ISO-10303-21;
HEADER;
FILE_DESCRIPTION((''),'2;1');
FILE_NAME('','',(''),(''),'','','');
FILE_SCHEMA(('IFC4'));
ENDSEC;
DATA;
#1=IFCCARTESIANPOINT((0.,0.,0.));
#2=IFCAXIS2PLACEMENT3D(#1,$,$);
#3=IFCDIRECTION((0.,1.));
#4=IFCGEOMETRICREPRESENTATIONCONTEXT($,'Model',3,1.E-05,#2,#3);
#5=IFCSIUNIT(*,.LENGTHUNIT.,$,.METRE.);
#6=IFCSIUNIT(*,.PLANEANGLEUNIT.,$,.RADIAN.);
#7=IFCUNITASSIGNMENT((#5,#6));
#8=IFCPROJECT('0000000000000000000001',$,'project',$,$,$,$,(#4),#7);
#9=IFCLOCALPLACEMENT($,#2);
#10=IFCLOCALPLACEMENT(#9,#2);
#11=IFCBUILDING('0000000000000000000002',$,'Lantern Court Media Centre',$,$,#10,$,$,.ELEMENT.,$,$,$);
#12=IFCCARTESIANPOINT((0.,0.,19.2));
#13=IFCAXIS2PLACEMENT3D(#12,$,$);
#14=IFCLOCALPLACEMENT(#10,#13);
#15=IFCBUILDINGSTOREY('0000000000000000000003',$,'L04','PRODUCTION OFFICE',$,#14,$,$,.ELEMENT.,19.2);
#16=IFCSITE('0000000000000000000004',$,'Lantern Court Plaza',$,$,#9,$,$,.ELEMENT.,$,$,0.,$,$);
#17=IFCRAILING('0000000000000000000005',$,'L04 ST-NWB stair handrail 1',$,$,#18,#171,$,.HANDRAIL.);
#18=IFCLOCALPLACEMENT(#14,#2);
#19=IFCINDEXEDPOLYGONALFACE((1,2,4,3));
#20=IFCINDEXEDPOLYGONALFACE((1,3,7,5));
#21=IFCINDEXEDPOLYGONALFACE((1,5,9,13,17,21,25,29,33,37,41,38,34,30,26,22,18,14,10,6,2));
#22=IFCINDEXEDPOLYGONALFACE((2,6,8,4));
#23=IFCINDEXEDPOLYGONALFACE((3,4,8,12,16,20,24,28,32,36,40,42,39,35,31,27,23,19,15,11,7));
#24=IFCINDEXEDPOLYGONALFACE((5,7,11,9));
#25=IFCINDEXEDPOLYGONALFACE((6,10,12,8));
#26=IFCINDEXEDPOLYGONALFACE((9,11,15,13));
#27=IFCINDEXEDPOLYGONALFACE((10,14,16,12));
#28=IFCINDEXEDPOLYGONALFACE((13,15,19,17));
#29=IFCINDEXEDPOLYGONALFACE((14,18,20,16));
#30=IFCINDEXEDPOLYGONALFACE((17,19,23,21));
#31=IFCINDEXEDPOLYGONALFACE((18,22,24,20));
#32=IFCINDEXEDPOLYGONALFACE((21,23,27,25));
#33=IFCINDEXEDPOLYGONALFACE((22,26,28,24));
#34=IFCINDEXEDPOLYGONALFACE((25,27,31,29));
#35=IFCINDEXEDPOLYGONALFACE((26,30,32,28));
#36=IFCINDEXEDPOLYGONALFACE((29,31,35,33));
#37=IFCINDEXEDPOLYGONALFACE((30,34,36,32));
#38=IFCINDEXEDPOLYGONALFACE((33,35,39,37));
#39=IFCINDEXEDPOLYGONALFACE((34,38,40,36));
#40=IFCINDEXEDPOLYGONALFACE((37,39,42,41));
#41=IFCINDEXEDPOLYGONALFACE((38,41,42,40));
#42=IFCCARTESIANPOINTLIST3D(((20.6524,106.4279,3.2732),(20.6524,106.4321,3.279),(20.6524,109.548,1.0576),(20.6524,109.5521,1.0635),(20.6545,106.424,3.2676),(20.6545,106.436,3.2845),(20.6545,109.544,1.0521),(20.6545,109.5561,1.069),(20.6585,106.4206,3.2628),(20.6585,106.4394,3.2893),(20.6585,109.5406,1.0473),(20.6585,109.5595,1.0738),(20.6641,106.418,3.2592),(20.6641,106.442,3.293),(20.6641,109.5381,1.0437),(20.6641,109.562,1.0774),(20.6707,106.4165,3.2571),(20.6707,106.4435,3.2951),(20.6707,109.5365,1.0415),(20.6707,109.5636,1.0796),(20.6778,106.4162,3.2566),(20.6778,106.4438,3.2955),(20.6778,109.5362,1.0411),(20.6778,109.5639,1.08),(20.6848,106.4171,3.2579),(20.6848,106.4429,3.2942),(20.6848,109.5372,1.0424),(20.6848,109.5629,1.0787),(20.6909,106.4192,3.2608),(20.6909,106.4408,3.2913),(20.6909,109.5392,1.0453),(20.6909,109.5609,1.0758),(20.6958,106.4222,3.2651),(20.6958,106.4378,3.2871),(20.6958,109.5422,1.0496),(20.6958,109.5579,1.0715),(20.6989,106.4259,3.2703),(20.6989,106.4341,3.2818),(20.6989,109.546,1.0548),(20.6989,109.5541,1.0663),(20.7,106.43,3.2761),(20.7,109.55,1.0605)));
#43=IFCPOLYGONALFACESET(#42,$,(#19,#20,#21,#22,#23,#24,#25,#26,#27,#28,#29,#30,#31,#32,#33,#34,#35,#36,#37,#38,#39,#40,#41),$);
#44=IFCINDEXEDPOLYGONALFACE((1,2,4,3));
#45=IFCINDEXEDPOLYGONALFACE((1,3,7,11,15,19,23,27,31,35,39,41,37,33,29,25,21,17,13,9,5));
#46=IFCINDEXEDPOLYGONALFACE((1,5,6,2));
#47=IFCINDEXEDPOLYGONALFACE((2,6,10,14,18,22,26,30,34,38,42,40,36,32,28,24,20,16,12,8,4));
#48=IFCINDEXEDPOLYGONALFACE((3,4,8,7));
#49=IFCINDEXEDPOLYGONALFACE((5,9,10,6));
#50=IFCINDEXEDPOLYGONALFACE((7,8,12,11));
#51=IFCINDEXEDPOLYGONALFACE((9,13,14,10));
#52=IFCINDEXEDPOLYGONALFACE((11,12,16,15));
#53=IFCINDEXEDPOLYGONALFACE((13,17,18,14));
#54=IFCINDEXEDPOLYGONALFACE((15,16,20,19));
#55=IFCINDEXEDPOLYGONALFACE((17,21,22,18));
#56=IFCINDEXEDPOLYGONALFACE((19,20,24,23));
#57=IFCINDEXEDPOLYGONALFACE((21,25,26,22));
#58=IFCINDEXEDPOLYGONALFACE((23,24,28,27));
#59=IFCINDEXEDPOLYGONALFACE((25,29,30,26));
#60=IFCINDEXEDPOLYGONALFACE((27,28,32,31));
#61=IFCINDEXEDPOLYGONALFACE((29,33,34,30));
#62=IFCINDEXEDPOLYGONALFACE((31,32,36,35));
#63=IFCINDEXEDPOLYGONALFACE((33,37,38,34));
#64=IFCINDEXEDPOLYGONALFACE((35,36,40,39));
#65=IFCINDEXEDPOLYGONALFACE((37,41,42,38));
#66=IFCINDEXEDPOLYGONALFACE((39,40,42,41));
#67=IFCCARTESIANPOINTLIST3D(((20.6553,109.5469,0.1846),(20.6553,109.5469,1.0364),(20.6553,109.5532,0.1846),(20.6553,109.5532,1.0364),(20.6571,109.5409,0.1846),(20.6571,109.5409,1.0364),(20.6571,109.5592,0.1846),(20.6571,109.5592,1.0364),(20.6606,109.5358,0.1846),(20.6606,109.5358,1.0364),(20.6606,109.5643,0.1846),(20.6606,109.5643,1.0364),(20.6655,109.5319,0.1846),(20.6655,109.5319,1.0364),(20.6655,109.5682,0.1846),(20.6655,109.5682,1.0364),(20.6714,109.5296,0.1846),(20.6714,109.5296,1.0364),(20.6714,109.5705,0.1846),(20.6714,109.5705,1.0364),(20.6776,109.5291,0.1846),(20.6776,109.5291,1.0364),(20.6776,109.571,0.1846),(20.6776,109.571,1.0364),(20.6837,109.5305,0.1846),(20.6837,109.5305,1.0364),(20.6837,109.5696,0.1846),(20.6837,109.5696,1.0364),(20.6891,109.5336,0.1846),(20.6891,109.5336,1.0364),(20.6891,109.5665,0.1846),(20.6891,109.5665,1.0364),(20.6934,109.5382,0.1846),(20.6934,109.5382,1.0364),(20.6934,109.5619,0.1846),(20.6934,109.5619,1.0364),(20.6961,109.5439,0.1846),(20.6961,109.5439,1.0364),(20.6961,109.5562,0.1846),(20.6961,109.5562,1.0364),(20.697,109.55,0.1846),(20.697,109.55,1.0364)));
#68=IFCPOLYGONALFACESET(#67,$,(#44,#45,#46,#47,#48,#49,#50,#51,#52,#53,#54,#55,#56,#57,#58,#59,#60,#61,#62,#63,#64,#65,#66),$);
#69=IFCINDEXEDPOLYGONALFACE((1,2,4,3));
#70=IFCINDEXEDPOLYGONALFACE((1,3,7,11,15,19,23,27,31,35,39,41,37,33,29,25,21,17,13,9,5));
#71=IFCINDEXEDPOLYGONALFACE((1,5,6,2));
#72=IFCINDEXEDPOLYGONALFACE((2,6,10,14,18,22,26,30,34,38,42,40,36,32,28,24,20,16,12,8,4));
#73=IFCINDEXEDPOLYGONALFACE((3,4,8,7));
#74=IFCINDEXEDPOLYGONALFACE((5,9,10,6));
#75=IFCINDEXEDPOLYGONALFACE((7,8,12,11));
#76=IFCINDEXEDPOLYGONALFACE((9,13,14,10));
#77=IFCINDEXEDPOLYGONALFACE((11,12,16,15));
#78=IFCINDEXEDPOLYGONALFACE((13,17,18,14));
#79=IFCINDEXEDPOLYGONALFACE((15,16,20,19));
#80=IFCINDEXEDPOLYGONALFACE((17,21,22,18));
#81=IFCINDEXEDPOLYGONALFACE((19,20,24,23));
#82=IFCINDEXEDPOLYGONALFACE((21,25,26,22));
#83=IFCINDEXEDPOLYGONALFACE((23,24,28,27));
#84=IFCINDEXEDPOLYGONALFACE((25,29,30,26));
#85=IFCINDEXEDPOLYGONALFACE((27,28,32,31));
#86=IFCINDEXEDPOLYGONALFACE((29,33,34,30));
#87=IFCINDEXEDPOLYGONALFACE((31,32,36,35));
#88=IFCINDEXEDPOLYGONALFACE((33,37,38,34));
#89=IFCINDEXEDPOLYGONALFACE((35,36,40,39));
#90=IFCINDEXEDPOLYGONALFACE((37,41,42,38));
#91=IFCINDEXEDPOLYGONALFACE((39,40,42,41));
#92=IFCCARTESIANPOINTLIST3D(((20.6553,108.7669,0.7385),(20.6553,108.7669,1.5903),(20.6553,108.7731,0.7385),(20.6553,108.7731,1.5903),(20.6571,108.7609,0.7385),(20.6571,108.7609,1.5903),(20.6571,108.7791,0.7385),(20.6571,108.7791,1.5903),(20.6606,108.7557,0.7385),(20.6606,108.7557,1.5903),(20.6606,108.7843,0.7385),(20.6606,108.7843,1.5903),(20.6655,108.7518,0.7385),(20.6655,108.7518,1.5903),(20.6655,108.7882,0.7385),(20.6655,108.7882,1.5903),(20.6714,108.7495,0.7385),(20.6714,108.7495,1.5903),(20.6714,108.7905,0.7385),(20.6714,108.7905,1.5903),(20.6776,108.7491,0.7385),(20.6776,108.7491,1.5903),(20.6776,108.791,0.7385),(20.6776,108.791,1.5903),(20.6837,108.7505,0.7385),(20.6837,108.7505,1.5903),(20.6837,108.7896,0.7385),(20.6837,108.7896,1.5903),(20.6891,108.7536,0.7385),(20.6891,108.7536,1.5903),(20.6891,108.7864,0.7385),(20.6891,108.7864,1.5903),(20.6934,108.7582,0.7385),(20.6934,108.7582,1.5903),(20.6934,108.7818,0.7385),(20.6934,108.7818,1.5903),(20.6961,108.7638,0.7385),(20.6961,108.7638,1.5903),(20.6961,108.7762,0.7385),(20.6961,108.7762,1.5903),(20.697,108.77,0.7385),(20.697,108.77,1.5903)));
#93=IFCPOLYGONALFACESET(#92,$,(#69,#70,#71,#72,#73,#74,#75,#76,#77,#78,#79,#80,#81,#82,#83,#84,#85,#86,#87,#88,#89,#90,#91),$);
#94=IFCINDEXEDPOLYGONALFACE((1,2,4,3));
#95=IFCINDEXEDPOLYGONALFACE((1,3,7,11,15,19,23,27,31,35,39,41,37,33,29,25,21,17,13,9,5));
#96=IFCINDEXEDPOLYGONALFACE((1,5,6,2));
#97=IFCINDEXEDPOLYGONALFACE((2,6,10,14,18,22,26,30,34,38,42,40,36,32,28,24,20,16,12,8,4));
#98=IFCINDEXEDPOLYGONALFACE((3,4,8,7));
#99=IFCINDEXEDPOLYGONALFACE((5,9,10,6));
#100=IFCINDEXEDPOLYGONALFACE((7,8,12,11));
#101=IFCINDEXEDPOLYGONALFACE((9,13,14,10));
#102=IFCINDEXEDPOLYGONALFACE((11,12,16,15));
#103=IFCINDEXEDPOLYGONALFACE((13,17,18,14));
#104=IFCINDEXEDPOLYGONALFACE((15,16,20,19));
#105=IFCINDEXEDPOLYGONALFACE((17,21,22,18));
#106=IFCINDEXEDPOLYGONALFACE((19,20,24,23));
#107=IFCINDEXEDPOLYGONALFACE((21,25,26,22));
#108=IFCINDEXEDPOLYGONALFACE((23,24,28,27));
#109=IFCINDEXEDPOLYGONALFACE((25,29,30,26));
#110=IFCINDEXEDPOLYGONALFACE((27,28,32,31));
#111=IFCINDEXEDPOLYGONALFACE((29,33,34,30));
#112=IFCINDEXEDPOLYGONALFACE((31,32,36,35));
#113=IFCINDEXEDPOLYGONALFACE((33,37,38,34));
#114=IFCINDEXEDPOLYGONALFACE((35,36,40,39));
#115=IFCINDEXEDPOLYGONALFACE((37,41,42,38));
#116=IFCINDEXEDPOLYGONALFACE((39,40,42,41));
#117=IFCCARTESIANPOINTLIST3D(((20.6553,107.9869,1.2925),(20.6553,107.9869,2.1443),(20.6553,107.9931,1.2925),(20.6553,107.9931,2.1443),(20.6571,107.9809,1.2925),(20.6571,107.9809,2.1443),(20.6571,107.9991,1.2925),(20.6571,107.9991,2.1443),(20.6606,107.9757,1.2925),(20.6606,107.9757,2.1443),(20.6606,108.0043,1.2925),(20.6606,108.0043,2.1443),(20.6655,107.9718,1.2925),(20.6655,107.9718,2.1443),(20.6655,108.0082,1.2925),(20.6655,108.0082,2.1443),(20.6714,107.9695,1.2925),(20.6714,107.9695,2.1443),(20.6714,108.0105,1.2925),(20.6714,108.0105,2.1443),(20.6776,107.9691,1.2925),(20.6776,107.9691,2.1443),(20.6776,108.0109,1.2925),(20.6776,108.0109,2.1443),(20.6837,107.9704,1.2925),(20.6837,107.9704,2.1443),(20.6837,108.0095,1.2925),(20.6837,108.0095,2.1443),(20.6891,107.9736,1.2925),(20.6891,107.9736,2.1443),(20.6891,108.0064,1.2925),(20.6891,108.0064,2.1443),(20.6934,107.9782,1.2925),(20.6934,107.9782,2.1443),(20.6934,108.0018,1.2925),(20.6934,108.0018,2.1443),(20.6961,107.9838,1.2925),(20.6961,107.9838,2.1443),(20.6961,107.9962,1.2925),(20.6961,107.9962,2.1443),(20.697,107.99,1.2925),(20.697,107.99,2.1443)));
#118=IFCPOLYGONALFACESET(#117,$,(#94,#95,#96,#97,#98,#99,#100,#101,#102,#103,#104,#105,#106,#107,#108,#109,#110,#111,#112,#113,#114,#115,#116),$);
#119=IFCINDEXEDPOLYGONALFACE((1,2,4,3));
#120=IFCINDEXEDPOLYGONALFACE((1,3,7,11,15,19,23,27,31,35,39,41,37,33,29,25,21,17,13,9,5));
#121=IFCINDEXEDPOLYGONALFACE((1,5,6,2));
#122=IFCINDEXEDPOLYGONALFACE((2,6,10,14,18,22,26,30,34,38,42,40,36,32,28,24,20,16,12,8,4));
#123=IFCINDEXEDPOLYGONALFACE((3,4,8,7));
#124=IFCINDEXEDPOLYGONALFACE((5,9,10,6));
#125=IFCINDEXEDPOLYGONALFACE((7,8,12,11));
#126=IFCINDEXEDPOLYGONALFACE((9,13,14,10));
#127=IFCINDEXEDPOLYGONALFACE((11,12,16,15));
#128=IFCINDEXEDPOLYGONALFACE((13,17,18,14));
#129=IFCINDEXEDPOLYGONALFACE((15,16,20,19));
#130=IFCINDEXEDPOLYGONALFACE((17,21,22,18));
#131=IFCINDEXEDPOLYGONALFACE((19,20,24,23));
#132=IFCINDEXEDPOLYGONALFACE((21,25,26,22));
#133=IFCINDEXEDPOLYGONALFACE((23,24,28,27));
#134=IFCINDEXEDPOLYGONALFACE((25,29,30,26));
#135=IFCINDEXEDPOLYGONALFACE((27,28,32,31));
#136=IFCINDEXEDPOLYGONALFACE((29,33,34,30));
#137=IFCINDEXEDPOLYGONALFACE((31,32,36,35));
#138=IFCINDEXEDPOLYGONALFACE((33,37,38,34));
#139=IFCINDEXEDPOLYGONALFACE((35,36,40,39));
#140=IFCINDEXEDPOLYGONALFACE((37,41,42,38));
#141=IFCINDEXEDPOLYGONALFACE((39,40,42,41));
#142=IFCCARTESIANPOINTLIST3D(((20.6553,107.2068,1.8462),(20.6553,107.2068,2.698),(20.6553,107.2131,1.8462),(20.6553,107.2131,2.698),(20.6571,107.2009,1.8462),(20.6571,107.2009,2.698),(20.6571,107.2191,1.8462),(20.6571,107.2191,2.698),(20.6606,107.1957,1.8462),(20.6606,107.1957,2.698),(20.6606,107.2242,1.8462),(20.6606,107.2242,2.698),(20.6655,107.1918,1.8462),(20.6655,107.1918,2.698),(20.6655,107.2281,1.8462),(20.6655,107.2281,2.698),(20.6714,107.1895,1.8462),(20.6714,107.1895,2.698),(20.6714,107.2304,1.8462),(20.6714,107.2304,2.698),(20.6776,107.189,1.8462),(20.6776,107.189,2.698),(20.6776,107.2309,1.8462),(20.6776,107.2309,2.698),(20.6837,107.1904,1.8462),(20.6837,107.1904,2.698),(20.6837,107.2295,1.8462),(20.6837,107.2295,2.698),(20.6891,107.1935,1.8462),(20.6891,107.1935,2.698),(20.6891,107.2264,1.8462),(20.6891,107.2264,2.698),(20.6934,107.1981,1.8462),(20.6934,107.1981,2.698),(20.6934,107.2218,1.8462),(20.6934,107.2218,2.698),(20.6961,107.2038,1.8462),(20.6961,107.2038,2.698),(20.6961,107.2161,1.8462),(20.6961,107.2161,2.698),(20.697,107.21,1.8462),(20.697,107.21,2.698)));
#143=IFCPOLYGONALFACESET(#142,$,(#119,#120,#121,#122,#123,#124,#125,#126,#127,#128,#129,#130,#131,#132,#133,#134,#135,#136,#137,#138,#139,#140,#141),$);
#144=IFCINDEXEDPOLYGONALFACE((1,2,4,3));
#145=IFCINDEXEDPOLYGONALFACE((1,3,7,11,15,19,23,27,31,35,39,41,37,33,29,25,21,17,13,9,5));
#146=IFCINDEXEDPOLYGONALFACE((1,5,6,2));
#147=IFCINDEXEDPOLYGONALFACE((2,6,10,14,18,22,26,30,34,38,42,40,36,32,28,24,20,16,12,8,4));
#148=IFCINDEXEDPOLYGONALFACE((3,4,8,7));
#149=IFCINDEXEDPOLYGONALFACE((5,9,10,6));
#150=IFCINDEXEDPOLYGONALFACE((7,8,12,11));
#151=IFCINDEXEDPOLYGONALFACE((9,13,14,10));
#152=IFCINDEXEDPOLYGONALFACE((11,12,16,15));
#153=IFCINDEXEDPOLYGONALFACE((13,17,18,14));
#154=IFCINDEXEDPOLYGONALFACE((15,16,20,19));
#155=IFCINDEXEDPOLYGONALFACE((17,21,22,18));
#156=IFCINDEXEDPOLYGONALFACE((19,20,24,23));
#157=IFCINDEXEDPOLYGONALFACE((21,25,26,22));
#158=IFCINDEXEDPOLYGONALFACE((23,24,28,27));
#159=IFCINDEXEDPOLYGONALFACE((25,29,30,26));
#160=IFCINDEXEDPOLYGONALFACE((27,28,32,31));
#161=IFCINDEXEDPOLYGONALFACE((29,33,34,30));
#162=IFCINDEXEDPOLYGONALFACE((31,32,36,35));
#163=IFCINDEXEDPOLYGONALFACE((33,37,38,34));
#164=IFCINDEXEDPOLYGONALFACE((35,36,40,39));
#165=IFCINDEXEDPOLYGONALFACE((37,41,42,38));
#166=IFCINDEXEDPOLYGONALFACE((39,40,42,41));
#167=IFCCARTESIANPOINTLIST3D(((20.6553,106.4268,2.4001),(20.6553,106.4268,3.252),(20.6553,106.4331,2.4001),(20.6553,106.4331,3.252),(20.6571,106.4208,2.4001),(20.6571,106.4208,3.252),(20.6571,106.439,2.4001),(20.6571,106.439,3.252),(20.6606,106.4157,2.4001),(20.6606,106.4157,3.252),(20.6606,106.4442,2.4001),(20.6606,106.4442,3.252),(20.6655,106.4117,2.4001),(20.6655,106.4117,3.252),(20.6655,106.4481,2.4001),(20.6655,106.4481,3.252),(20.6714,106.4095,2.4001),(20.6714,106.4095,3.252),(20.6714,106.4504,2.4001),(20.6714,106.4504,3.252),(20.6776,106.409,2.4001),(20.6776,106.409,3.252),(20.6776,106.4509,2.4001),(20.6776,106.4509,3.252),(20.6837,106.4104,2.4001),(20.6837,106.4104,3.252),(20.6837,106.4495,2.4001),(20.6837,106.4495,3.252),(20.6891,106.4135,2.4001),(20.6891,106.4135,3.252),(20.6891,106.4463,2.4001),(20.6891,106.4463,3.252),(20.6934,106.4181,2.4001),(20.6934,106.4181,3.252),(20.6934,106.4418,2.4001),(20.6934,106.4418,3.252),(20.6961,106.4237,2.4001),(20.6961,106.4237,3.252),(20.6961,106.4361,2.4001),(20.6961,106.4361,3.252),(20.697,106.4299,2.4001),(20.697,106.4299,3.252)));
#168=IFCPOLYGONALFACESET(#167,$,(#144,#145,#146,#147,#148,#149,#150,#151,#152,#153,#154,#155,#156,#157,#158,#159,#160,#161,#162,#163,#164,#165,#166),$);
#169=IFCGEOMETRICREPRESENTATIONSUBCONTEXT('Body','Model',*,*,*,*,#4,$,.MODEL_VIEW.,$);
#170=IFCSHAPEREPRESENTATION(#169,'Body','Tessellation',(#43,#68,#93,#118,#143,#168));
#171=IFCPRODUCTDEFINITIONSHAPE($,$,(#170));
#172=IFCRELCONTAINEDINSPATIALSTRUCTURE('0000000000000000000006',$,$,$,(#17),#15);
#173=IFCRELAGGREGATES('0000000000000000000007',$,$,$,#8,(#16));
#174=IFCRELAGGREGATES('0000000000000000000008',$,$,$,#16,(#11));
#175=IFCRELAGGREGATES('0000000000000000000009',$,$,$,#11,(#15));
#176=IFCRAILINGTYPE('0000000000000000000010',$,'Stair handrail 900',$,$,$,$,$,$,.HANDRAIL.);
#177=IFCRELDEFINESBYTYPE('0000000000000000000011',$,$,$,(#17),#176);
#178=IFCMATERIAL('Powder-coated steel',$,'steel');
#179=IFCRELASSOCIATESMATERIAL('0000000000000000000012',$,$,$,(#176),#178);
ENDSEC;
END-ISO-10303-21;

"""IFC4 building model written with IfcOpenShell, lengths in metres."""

from ifc_helpers import new_model, si_unit, direction, frame, origin, origin_2d, place, context, subcontext, project, spatial, circle, extrude, material, type_object, element, save


model = new_model("IFC4")

# Units and contexts
model_context = context("Model", 3, precision=1e-05, world=origin(), true_north=direction((0.0, 1.0)))
body_context = subcontext(model_context, "Body", "Model", "MODEL_VIEW")
ifc_project = project(units=[si_unit("LENGTHUNIT", "METRE"), si_unit("PLANEANGLEUNIT", "RADIAN")], contexts=[model_context])

# Site, building, storey
site_placement = place(None, origin())
site = spatial("IfcSite", under=ifc_project, at=site_placement, Name="Lantern Court Plaza", CompositionType="ELEMENT", RefElevation=0.0)
building_placement = place(site_placement, origin())
building = spatial("IfcBuilding", under=site, at=building_placement, Name="Lantern Court Media Centre", CompositionType="ELEMENT")
storey_placement = place(building_placement, frame((0.0, 0.0, 19.2)))
storey = spatial("IfcBuildingStorey", under=building, at=storey_placement, Name="L04", Description="PRODUCTION OFFICE", CompositionType="ELEMENT", Elevation=19.2)

# Shared definitions
ifc_material_1 = material(Name="Powder-coated steel", Category="steel")

# Railing
railing_type_1 = type_object("IfcRailingType", Name="Stair handrail 900", PredefinedType="HANDRAIL", material=ifc_material_1)
railing_1_placement = place(storey_placement, frame((20.676, 109.55, 0.1846)))
element("IfcRailing", 1, at=railing_1_placement, inside=storey, type_object=railing_type_1, Name="L04 ST-NWB stair handrail 1", PredefinedType="HANDRAIL", context=body_context, shape_type="SweptSolid", body=[
    extrude(circle(Radius=0.0239, at=origin_2d()), frame((0.0, 0.0, 0.876), z_axis=(0.0, -0.815347, 0.578973), x_axis=(1.0, 0.0, 0.0)), (0.0, 0.0, 1.0), 3.8267),
    extrude(circle(Radius=0.021, at=origin_2d()), origin(), (0.0, 0.0, 1.0), 0.8518),
    extrude(circle(Radius=0.021, at=origin_2d()), frame((0.0, -0.78, 0.554)), (0.0, 0.0, 1.0), 0.8518),
    extrude(circle(Radius=0.021, at=origin_2d()), frame((0.0, -1.5601, 1.1079)), (0.0, 0.0, 1.0), 0.8518),
    extrude(circle(Radius=0.021, at=origin_2d()), frame((0.0, -2.3401, 1.6616)), (0.0, 0.0, 1.0), 0.8518),
    extrude(circle(Radius=0.021, at=origin_2d()), frame((0.0, -3.1201, 2.2156)), (0.0, 0.0, 1.0), 0.8518),
])

save(model, "model.ifc")
